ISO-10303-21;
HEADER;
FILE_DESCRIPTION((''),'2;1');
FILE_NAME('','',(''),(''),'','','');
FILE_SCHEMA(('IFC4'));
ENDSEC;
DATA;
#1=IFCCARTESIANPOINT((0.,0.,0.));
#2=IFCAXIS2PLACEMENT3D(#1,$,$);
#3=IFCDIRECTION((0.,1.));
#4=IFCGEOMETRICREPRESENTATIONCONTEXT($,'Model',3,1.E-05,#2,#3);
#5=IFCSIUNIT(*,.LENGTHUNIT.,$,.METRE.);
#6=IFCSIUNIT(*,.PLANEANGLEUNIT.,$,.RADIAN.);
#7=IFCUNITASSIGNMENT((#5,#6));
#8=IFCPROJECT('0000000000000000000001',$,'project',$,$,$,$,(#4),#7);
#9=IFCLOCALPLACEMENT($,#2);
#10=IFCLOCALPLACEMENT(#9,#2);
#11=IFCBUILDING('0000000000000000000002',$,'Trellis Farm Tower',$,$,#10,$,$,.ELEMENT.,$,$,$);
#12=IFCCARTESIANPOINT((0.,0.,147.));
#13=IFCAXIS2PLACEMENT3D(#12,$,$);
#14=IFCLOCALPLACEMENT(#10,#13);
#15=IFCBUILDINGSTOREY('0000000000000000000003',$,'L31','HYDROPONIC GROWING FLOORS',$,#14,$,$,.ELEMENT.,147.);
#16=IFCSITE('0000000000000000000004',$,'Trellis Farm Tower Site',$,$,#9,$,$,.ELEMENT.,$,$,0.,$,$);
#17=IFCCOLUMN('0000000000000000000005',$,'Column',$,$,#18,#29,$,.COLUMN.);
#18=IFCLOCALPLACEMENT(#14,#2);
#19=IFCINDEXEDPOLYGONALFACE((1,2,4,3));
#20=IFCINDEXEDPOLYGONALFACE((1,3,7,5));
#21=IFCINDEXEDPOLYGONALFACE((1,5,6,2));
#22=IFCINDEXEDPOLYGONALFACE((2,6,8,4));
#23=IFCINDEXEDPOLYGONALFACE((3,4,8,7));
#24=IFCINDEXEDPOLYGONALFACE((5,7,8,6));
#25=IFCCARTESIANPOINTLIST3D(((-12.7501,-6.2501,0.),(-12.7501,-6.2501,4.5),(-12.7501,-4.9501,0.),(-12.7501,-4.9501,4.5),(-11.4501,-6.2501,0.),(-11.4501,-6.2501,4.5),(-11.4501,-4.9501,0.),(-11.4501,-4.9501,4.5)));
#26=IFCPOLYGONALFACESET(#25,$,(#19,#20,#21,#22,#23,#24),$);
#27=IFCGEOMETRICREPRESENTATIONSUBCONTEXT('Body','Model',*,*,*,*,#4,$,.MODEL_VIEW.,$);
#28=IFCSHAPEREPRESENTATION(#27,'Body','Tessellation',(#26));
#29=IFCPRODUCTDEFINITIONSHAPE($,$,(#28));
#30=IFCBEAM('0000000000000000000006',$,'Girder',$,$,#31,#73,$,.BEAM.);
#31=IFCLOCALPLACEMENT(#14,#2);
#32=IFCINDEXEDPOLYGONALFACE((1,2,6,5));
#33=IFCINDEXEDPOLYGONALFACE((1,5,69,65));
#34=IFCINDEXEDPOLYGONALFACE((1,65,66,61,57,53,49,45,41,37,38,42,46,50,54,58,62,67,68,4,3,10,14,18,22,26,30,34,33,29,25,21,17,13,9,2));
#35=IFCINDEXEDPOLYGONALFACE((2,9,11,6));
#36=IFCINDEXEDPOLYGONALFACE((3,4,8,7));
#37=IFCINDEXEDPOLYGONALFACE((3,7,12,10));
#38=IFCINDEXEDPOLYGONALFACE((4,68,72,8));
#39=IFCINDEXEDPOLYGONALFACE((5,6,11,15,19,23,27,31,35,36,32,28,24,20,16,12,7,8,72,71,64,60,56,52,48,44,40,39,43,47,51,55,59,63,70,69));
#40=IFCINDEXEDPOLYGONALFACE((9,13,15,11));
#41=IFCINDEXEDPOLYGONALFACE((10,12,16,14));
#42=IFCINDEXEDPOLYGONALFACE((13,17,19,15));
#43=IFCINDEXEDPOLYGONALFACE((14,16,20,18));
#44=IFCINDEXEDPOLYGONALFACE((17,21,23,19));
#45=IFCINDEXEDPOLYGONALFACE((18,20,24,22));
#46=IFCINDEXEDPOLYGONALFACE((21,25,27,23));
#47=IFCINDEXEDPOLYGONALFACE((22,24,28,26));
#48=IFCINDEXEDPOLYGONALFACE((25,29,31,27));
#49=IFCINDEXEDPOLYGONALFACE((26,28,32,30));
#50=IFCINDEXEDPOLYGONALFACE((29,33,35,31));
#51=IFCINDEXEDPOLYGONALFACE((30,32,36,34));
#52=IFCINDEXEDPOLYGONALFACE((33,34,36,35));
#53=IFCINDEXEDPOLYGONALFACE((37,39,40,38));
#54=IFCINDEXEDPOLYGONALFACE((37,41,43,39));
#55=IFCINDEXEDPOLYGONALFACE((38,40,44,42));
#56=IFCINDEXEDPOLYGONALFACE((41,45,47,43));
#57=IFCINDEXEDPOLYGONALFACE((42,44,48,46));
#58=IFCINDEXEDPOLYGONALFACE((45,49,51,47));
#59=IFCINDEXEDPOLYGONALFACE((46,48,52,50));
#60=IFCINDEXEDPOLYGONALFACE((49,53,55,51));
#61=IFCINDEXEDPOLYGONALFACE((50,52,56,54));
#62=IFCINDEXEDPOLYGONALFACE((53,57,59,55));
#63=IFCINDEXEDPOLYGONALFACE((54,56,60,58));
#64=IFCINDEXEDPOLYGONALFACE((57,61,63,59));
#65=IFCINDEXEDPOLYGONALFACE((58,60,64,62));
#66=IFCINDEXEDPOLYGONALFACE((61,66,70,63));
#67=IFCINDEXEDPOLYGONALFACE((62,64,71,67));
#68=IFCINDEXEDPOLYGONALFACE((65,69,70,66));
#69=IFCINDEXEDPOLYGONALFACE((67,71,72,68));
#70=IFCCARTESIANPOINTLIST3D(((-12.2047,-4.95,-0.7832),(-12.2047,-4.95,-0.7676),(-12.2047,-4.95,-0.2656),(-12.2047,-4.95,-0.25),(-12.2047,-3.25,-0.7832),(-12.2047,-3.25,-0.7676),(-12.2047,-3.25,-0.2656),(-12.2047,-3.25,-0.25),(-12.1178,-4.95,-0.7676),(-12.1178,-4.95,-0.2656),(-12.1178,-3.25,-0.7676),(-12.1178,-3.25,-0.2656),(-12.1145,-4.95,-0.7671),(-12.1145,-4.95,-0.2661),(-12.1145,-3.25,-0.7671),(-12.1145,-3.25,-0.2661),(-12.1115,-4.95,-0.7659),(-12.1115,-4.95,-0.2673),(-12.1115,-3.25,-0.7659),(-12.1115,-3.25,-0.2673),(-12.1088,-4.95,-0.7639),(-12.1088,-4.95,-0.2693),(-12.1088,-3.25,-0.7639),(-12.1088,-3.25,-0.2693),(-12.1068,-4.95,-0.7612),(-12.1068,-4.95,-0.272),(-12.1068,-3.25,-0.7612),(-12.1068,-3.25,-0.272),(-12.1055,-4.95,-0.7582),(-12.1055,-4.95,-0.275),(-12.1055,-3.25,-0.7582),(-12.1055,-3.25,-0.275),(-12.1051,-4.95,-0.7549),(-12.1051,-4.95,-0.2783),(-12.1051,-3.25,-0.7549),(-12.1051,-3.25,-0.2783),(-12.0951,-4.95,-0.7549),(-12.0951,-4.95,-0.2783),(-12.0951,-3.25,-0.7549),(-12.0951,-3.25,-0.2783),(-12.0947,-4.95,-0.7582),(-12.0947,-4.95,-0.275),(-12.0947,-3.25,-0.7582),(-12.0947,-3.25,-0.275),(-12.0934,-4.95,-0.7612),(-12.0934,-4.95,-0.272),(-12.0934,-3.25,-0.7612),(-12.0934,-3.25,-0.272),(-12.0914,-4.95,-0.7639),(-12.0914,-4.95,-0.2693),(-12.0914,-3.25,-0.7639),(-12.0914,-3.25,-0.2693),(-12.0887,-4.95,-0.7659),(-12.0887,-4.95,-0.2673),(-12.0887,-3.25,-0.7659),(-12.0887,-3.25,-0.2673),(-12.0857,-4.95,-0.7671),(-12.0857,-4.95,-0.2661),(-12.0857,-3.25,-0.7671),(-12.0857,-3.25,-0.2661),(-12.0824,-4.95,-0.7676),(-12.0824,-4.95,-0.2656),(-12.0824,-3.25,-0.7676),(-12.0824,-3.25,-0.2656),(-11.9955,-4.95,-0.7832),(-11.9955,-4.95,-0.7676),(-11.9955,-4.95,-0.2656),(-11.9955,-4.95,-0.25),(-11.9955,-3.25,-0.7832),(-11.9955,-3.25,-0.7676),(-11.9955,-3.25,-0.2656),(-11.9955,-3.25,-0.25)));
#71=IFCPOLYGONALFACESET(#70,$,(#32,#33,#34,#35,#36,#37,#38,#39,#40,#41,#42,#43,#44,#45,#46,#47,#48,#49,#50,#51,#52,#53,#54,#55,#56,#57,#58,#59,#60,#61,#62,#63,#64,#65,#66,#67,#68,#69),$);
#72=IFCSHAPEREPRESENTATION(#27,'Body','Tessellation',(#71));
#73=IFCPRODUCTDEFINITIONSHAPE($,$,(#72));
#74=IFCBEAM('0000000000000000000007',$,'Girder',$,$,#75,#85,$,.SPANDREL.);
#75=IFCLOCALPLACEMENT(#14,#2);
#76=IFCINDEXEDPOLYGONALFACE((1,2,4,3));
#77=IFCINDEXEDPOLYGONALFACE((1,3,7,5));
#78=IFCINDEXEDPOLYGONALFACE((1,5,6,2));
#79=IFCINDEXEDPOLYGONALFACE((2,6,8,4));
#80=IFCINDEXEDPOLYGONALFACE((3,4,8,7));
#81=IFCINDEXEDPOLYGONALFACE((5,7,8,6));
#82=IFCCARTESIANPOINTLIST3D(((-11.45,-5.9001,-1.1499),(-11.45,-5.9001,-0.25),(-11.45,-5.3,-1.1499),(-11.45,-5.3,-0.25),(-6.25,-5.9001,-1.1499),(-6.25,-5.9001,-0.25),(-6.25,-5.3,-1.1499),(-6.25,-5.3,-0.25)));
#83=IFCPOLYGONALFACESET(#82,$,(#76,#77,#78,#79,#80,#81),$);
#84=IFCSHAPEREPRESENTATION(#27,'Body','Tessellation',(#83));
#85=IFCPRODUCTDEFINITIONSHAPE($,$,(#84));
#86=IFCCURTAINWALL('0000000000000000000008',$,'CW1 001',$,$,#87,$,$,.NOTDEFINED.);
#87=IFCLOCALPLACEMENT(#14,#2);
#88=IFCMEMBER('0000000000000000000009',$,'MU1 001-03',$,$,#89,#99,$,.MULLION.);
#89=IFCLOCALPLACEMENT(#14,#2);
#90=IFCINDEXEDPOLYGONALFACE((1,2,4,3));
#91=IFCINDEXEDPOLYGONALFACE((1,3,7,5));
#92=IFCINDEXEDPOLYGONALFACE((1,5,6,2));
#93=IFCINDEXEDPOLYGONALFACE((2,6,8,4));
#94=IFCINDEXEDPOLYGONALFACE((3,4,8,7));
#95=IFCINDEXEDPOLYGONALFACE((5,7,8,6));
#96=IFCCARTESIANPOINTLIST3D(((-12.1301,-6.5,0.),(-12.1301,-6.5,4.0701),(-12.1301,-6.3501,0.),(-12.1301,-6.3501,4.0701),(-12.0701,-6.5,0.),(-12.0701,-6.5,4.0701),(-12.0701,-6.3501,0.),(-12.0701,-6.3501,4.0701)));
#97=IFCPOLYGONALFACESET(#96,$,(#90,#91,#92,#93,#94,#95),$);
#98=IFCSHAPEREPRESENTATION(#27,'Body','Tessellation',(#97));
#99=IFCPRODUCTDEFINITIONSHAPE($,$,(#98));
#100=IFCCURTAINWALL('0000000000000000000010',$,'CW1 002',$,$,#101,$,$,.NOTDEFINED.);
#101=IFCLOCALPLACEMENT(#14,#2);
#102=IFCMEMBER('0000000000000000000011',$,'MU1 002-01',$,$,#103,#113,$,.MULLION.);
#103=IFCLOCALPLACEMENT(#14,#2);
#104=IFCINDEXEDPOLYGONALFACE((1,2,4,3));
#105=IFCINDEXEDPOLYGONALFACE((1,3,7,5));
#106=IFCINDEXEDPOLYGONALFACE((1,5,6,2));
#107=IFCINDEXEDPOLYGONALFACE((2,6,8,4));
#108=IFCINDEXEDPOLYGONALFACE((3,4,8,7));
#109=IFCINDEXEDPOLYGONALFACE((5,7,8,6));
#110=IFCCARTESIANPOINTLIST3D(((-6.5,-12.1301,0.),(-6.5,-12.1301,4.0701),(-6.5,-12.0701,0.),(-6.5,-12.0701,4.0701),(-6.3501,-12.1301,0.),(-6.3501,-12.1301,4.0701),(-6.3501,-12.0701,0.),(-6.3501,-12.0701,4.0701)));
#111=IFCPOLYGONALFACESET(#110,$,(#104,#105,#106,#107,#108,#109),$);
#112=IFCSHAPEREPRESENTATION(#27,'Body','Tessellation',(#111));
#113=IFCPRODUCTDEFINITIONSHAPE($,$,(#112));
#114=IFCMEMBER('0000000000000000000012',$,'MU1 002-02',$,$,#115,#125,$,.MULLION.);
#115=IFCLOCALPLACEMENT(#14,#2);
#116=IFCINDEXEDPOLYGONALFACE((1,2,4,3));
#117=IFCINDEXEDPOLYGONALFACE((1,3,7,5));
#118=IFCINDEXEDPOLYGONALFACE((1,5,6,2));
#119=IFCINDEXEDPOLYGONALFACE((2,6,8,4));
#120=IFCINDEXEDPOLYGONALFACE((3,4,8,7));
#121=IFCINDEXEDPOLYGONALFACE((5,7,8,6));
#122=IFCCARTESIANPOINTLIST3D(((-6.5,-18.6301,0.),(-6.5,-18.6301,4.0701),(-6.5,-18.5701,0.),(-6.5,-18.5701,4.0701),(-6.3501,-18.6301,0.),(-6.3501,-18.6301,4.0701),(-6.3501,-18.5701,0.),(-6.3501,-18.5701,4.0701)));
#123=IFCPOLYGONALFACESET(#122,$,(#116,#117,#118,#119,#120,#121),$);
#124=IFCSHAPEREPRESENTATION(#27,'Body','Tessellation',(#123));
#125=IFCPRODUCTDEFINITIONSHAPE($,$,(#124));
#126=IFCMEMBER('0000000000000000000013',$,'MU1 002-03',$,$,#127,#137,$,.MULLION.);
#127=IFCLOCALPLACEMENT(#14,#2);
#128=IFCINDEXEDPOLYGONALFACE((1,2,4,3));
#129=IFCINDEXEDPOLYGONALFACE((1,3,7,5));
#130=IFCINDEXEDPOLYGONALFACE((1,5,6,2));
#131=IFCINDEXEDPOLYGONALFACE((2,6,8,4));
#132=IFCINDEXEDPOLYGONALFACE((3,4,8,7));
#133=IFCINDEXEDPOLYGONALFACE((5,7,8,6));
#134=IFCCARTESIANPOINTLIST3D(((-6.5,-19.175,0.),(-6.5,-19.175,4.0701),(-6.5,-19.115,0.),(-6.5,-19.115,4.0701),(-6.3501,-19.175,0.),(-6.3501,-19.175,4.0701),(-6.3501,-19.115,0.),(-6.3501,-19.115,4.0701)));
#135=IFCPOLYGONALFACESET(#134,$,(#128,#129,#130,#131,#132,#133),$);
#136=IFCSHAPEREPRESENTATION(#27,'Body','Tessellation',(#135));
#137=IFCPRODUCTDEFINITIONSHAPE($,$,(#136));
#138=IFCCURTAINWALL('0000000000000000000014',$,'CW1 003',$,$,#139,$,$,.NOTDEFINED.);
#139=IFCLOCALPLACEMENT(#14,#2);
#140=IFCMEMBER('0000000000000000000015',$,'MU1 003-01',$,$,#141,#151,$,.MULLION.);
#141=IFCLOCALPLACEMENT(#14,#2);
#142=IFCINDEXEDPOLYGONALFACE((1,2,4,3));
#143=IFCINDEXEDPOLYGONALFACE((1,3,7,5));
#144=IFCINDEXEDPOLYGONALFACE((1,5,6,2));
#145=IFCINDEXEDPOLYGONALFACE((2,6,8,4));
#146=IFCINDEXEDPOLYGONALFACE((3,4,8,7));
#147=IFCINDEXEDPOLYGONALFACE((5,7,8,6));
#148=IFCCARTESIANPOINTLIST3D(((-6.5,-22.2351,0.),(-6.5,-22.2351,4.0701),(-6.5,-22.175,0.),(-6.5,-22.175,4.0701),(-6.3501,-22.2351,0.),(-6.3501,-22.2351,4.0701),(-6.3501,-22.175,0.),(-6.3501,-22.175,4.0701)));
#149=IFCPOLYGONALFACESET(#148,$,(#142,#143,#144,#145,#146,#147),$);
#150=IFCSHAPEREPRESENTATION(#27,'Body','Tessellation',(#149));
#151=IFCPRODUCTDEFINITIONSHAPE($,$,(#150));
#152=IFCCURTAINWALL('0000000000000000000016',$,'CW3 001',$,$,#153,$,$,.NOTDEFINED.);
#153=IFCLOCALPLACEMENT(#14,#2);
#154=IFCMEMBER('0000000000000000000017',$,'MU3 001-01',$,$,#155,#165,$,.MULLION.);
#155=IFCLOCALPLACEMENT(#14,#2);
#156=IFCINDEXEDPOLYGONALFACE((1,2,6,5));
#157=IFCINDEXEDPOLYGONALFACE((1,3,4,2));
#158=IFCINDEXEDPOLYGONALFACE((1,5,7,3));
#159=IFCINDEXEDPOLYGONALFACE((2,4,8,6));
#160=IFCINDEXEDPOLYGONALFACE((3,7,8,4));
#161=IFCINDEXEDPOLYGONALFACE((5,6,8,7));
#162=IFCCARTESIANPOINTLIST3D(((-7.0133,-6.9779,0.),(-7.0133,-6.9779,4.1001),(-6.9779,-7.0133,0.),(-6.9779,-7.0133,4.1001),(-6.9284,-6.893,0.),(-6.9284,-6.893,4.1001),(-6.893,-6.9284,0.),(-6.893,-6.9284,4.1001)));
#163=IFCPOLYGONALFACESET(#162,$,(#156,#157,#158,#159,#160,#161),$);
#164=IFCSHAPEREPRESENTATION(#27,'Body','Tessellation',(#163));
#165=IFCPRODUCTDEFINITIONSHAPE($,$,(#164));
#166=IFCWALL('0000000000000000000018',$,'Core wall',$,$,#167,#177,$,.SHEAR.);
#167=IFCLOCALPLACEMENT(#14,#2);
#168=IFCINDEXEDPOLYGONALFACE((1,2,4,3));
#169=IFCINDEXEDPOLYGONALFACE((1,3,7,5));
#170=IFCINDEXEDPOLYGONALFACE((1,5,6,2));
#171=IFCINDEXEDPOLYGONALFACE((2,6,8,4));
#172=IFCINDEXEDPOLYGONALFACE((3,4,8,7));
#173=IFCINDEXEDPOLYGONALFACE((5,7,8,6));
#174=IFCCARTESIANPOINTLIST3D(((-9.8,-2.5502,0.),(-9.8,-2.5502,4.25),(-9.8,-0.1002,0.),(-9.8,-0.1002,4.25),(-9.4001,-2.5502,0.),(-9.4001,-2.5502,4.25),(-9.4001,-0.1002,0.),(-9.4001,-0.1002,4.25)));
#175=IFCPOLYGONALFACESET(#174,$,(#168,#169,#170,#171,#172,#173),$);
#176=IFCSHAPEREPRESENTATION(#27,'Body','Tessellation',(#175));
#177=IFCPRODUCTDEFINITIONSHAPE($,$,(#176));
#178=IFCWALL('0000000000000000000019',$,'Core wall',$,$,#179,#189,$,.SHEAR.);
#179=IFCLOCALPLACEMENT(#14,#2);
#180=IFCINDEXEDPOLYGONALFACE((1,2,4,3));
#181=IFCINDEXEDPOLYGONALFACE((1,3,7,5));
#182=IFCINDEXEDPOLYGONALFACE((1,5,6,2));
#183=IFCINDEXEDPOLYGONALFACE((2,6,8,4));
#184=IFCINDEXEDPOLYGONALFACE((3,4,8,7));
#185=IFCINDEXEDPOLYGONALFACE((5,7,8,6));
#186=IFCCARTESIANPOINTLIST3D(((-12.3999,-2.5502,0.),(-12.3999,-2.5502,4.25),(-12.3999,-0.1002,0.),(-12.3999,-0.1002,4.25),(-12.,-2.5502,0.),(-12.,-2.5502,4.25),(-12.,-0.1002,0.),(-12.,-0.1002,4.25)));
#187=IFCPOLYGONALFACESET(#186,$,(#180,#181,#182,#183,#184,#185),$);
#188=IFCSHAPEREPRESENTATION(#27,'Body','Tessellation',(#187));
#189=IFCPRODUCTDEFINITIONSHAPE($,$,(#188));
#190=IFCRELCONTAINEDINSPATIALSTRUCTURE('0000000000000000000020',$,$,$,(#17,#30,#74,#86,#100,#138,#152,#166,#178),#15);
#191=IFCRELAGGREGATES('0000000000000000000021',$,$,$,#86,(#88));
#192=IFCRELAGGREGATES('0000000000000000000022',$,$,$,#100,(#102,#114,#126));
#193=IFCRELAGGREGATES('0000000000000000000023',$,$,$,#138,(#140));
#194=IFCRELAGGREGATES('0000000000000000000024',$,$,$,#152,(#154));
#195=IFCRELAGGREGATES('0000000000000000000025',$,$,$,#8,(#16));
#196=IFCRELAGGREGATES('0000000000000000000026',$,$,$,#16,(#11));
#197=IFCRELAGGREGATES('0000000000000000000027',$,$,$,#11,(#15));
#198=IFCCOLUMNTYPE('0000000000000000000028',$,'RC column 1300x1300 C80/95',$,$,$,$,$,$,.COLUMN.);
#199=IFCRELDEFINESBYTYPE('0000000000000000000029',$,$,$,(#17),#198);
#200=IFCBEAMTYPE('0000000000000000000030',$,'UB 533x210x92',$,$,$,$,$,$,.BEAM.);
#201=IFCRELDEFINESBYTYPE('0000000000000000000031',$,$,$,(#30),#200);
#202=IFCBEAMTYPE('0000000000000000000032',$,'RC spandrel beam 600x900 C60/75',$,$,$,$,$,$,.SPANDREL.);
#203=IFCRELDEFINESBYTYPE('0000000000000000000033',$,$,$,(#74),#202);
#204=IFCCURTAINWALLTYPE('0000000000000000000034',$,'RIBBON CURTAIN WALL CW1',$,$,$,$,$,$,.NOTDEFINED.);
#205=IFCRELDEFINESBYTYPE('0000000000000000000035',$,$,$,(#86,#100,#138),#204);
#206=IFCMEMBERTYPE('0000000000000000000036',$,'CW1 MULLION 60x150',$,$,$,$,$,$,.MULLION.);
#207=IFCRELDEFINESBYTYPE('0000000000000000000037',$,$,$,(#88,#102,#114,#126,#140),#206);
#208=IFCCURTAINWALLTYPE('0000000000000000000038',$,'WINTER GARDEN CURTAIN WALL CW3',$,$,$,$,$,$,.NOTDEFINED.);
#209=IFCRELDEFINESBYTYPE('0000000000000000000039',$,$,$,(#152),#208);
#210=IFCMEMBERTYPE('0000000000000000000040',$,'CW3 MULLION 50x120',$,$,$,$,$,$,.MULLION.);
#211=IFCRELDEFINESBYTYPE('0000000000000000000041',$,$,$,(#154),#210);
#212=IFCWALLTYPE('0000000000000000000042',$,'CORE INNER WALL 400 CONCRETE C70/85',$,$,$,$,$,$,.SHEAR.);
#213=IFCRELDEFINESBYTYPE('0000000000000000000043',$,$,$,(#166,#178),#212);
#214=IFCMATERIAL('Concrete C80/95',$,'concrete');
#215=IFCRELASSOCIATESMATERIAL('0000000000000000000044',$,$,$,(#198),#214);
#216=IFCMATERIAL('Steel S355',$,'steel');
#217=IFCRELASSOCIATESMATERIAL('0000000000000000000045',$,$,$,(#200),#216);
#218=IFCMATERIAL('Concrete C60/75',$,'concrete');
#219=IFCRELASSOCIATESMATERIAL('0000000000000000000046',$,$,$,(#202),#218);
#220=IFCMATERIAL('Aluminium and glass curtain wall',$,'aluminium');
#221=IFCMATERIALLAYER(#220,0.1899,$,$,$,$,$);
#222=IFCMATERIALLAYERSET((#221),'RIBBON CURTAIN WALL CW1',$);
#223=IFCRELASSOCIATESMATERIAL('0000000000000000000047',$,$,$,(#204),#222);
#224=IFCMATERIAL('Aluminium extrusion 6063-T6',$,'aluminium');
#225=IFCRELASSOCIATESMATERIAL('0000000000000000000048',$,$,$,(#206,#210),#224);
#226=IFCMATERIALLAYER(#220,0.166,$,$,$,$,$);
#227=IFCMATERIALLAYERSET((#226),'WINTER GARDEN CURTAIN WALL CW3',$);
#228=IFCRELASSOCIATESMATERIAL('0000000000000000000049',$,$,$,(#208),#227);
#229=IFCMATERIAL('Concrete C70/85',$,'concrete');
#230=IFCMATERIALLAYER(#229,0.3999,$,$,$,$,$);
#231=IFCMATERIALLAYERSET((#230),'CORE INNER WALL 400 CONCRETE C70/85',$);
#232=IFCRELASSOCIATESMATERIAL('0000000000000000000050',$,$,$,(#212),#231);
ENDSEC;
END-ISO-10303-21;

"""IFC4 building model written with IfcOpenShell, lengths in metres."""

from ifc_helpers import new_model, si_unit, direction, frame, frame_2d, origin, origin_2d, place, context, subcontext, project, spatial, rectangle, i_section, extrude, source, transform, mapped, material, layer, layer_set, material_profile, profile_set, type_object, element, aggregate, save


model = new_model("IFC4")

# Units and contexts
model_context = context("Model", 3, precision=1e-05, world=origin(), true_north=direction((0.0, 1.0)))
body_context = subcontext(model_context, "Body", "Model", "MODEL_VIEW")
ifc_project = project(units=[si_unit("LENGTHUNIT", "METRE"), si_unit("PLANEANGLEUNIT", "RADIAN")], contexts=[model_context])

# Site, building, storey
site_placement = place(None, origin())
site = spatial("IfcSite", under=ifc_project, at=site_placement, Name="Trellis Farm Tower Site", CompositionType="ELEMENT", RefElevation=0.0)
building_placement = place(site_placement, origin())
building = spatial("IfcBuilding", under=site, at=building_placement, Name="Trellis Farm Tower", CompositionType="ELEMENT")
storey_placement = place(building_placement, frame((0.0, 0.0, 147.0)))
storey = spatial("IfcBuildingStorey", under=building, at=storey_placement, Name="L31", Description="HYDROPONIC GROWING FLOORS", CompositionType="ELEMENT", Elevation=147.0)

# Column
ifc_material_1 = material(Name="Concrete C80/95", Category="concrete")
ifc_material_profile_1 = material_profile(ifc_material_1, rectangle(XDim=1.3, YDim=1.3, at=origin_2d()), Name="RC column 1300x1300 C80/95")
ifc_profile_set_1 = profile_set([ifc_material_profile_1], Name="Concrete C80/95")
column_type = type_object("IfcColumnType", Name="RC column 1300x1300 C80/95", PredefinedType="COLUMN", material=ifc_profile_set_1)
shared_shape_1 = source(origin(), body_context, "Body", "SweptSolid", [
    extrude(rectangle(XDim=1.3, YDim=1.3, at=origin_2d()), origin(), (0.0, 0.0, 1.0), 4.5),
])
column_placement = place(storey_placement, frame((-12.1001, -5.6001, 0.0), z_axis=(0.0, 0.0, 1.0), x_axis=(1.0, 0.0, 0.0)))
element("IfcColumn", 1, at=column_placement, inside=storey, type_object=column_type, Name="Column", PredefinedType="COLUMN", context=body_context, shape_type="MappedRepresentation", body=[
    mapped(shared_shape_1, transform((0.0, 0.0, 0.0))),
])

# Beams
ifc_material_2 = material(Name="Steel S355", Category="steel")
ifc_material_profile_2 = material_profile(ifc_material_2, i_section(OverallWidth=0.2092, OverallDepth=0.5332, WebThickness=0.01, FlangeThickness=0.0156, FilletRadius=0.0127, at=origin_2d()), Name="UB 533x210x92")
ifc_profile_set_2 = profile_set([ifc_material_profile_2], Name="Steel S355")
beam_type_1 = type_object("IfcBeamType", Name="UB 533x210x92", PredefinedType="BEAM", material=ifc_profile_set_2)
shared_shape_2 = source(origin(), body_context, "Body", "SweptSolid", [
    extrude(i_section(OverallWidth=0.2092, OverallDepth=0.5332, WebThickness=0.01, FlangeThickness=0.0156, FilletRadius=0.0127, at=origin_2d()), origin(), (0.0, 0.0, 1.0), 1.7),
])
beam_1_placement = place(storey_placement, frame((-12.1001, -4.95, -0.5166), z_axis=(0.0, 1.0, 0.0), x_axis=(-1.0, 0.0, 0.0)))
element("IfcBeam", 2, at=beam_1_placement, inside=storey, type_object=beam_type_1, Name="Girder", PredefinedType="BEAM", context=body_context, shape_type="MappedRepresentation", body=[
    mapped(shared_shape_2, transform((0.0, 0.0, 0.0))),
])
ifc_material_3 = material(Name="Concrete C60/75", Category="concrete")
ifc_material_profile_3 = material_profile(ifc_material_3, rectangle(XDim=0.6001, YDim=0.8999, at=origin_2d()), Name="RC spandrel beam 600x900 C60/75")
ifc_profile_set_3 = profile_set([ifc_material_profile_3], Name="Concrete C60/75")
beam_type_2 = type_object("IfcBeamType", Name="RC spandrel beam 600x900 C60/75", PredefinedType="SPANDREL", material=ifc_profile_set_3)
shared_shape_3 = source(origin(), body_context, "Body", "SweptSolid", [
    extrude(rectangle(XDim=0.6001, YDim=0.8999, at=origin_2d()), origin(), (0.0, 0.0, 1.0), 5.2),
])
beam_2_placement = place(storey_placement, frame((-11.45, -5.6001, -0.7), z_axis=(1.0, 0.0, 0.0), x_axis=(0.0, 1.0, 0.0)))
element("IfcBeam", 3, at=beam_2_placement, inside=storey, type_object=beam_type_2, Name="Girder", PredefinedType="SPANDREL", context=body_context, shape_type="MappedRepresentation", body=[
    mapped(shared_shape_3, transform((0.0, 0.0, 0.0))),
])

# Curtain wall, member
ifc_material_4 = material(Name="Aluminium and glass curtain wall", Category="aluminium")
ifc_layer_1 = layer(ifc_material_4, 0.1899)
ifc_layer_set_1 = layer_set([ifc_layer_1], Name="RIBBON CURTAIN WALL CW1")
curtain_wall_type_1 = type_object("IfcCurtainWallType", Name="RIBBON CURTAIN WALL CW1", PredefinedType="NOTDEFINED", material=ifc_layer_set_1)
placement = place(storey_placement, origin())
curtain_wall_1 = element("IfcCurtainWall", 4, at=placement, inside=storey, type_object=curtain_wall_type_1, Name="CW1 001", PredefinedType="NOTDEFINED")
ifc_material_5 = material(Name="Aluminium extrusion 6063-T6", Category="aluminium")
ifc_material_profile_4 = material_profile(ifc_material_5, rectangle(XDim=0.0601, YDim=0.1499, at=origin_2d()), Name="MULLION 60x150")
ifc_profile_set_4 = profile_set([ifc_material_profile_4], Name="Aluminium extrusion 6063-T6")
member_type_1 = type_object("IfcMemberType", Name="CW1 MULLION 60x150", PredefinedType="MULLION", material=ifc_profile_set_4)
shared_shape_4 = source(origin(), body_context, "Body", "SweptSolid", [
    extrude(rectangle(XDim=0.0601, YDim=0.1499, at=origin_2d()), origin(), (0.0, 0.0, 1.0), 4.0701),
])
member_1_placement = place(storey_placement, frame((-12.1001, -6.425, 0.0), z_axis=(0.0, 0.0, 1.0), x_axis=(1.0, 0.0, 0.0)))
member_1 = element("IfcMember", 5, at=member_1_placement, type_object=member_type_1, Name="MU1 001-03", PredefinedType="MULLION", context=body_context, shape_type="MappedRepresentation", body=[
    mapped(shared_shape_4, transform((0.0, 0.0, 0.0))),
])
aggregate(curtain_wall_1, [member_1])

# Curtain wall, members
curtain_wall_2 = element("IfcCurtainWall", 6, at=placement, inside=storey, type_object=curtain_wall_type_1, Name="CW1 002", PredefinedType="NOTDEFINED")
member_2_placement = place(storey_placement, frame((-6.425, -12.1001, 0.0), z_axis=(0.0, 0.0, 1.0), x_axis=(0.0, -1.0, 0.0)))
member_2 = element("IfcMember", 7, at=member_2_placement, type_object=member_type_1, Name="MU1 002-01", PredefinedType="MULLION", context=body_context, shape_type="MappedRepresentation", body=[
    mapped(shared_shape_4, transform((0.0, 0.0, 0.0))),
])
member_3_placement = place(storey_placement, frame((-6.425, -18.6001, 0.0), z_axis=(0.0, 0.0, 1.0), x_axis=(0.0, -1.0, 0.0)))
member_3 = element("IfcMember", 8, at=member_3_placement, type_object=member_type_1, Name="MU1 002-02", PredefinedType="MULLION", context=body_context, shape_type="MappedRepresentation", body=[
    mapped(shared_shape_4, transform((0.0, 0.0, 0.0))),
])
member_4_placement = place(storey_placement, frame((-6.425, -19.145, 0.0), z_axis=(0.0, 0.0, 1.0), x_axis=(0.0, -1.0, 0.0)))
member_4 = element("IfcMember", 9, at=member_4_placement, type_object=member_type_1, Name="MU1 002-03", PredefinedType="MULLION", context=body_context, shape_type="MappedRepresentation", body=[
    mapped(shared_shape_4, transform((0.0, 0.0, 0.0))),
])
aggregate(curtain_wall_2, [member_2, member_3, member_4])

# Curtain walls, members
curtain_wall_3 = element("IfcCurtainWall", 10, at=placement, inside=storey, type_object=curtain_wall_type_1, Name="CW1 003", PredefinedType="NOTDEFINED")
member_5_placement = place(storey_placement, frame((-6.425, -22.2051, 0.0), z_axis=(0.0, 0.0, 1.0), x_axis=(0.0, -1.0, 0.0)))
member_5 = element("IfcMember", 11, at=member_5_placement, type_object=member_type_1, Name="MU1 003-01", PredefinedType="MULLION", context=body_context, shape_type="MappedRepresentation", body=[
    mapped(shared_shape_4, transform((0.0, 0.0, 0.0))),
])
aggregate(curtain_wall_3, [member_5])
ifc_layer_2 = layer(ifc_material_4, 0.166)
ifc_layer_set_2 = layer_set([ifc_layer_2], Name="WINTER GARDEN CURTAIN WALL CW3")
curtain_wall_type_2 = type_object("IfcCurtainWallType", Name="WINTER GARDEN CURTAIN WALL CW3", PredefinedType="NOTDEFINED", material=ifc_layer_set_2)
curtain_wall_4 = element("IfcCurtainWall", 12, at=placement, inside=storey, type_object=curtain_wall_type_2, Name="CW3 001", PredefinedType="NOTDEFINED")
ifc_material_profile_5 = material_profile(ifc_material_5, rectangle(XDim=0.05, YDim=0.1201, at=origin_2d()), Name="MULLION 50x120")
ifc_profile_set_5 = profile_set([ifc_material_profile_5], Name="Aluminium extrusion 6063-T6")
member_type_2 = type_object("IfcMemberType", Name="CW3 MULLION 50x120", PredefinedType="MULLION", material=ifc_profile_set_5)
shared_shape_5 = source(origin(), body_context, "Body", "SweptSolid", [
    extrude(rectangle(XDim=0.05, YDim=0.1201, at=origin_2d()), origin(), (0.0, 0.0, 1.0), 4.1001),
])
member_6_placement = place(storey_placement, frame((-6.9531, -6.9531, 0.0), z_axis=(0.0, 0.0, 1.0), x_axis=(0.707107, -0.707107, 0.0)))
member_6 = element("IfcMember", 13, at=member_6_placement, type_object=member_type_2, Name="MU3 001-01", PredefinedType="MULLION", context=body_context, shape_type="MappedRepresentation", body=[
    mapped(shared_shape_5, transform((0.0, 0.0, 0.0))),
])
aggregate(curtain_wall_4, [member_6])

# Walls
ifc_material_6 = material(Name="Concrete C70/85", Category="concrete")
ifc_layer_3 = layer(ifc_material_6, 0.3999)
ifc_layer_set_3 = layer_set([ifc_layer_3], Name="CORE INNER WALL 400 CONCRETE C70/85")
wall_type_1 = type_object("IfcWallType", Name="CORE INNER WALL 400 CONCRETE C70/85", PredefinedType="SHEAR", material=ifc_layer_set_3)
shared_shape_6 = source(origin(), body_context, "Body", "SweptSolid", [
    extrude(rectangle(XDim=2.45, YDim=0.3999, at=frame_2d((1.2251, 0.0))), origin(), (0.0, 0.0, 1.0), 4.25),
])
for number, where, z_axis, x_axis, name in (
    (14, (-9.6001, -0.1001, 0.0), (0.0, 0.0, 1.0), (0.0, -1.0, 0.0), "Core wall"),
    (15, (-12.2, -0.1001, 0.0), (0.0, 0.0, 1.0), (0.0, -1.0, 0.0), "Core wall"),
):
    element("IfcWall", number, at=place(storey_placement, frame(where, z_axis=z_axis, x_axis=x_axis)), inside=storey, type_object=wall_type_1, Name=name, PredefinedType="SHEAR", context=body_context, shape_type="MappedRepresentation", body=[
        mapped(shared_shape_6, transform((0.0, 0.0, 0.0))),
    ])

save(model, "model.ifc")
